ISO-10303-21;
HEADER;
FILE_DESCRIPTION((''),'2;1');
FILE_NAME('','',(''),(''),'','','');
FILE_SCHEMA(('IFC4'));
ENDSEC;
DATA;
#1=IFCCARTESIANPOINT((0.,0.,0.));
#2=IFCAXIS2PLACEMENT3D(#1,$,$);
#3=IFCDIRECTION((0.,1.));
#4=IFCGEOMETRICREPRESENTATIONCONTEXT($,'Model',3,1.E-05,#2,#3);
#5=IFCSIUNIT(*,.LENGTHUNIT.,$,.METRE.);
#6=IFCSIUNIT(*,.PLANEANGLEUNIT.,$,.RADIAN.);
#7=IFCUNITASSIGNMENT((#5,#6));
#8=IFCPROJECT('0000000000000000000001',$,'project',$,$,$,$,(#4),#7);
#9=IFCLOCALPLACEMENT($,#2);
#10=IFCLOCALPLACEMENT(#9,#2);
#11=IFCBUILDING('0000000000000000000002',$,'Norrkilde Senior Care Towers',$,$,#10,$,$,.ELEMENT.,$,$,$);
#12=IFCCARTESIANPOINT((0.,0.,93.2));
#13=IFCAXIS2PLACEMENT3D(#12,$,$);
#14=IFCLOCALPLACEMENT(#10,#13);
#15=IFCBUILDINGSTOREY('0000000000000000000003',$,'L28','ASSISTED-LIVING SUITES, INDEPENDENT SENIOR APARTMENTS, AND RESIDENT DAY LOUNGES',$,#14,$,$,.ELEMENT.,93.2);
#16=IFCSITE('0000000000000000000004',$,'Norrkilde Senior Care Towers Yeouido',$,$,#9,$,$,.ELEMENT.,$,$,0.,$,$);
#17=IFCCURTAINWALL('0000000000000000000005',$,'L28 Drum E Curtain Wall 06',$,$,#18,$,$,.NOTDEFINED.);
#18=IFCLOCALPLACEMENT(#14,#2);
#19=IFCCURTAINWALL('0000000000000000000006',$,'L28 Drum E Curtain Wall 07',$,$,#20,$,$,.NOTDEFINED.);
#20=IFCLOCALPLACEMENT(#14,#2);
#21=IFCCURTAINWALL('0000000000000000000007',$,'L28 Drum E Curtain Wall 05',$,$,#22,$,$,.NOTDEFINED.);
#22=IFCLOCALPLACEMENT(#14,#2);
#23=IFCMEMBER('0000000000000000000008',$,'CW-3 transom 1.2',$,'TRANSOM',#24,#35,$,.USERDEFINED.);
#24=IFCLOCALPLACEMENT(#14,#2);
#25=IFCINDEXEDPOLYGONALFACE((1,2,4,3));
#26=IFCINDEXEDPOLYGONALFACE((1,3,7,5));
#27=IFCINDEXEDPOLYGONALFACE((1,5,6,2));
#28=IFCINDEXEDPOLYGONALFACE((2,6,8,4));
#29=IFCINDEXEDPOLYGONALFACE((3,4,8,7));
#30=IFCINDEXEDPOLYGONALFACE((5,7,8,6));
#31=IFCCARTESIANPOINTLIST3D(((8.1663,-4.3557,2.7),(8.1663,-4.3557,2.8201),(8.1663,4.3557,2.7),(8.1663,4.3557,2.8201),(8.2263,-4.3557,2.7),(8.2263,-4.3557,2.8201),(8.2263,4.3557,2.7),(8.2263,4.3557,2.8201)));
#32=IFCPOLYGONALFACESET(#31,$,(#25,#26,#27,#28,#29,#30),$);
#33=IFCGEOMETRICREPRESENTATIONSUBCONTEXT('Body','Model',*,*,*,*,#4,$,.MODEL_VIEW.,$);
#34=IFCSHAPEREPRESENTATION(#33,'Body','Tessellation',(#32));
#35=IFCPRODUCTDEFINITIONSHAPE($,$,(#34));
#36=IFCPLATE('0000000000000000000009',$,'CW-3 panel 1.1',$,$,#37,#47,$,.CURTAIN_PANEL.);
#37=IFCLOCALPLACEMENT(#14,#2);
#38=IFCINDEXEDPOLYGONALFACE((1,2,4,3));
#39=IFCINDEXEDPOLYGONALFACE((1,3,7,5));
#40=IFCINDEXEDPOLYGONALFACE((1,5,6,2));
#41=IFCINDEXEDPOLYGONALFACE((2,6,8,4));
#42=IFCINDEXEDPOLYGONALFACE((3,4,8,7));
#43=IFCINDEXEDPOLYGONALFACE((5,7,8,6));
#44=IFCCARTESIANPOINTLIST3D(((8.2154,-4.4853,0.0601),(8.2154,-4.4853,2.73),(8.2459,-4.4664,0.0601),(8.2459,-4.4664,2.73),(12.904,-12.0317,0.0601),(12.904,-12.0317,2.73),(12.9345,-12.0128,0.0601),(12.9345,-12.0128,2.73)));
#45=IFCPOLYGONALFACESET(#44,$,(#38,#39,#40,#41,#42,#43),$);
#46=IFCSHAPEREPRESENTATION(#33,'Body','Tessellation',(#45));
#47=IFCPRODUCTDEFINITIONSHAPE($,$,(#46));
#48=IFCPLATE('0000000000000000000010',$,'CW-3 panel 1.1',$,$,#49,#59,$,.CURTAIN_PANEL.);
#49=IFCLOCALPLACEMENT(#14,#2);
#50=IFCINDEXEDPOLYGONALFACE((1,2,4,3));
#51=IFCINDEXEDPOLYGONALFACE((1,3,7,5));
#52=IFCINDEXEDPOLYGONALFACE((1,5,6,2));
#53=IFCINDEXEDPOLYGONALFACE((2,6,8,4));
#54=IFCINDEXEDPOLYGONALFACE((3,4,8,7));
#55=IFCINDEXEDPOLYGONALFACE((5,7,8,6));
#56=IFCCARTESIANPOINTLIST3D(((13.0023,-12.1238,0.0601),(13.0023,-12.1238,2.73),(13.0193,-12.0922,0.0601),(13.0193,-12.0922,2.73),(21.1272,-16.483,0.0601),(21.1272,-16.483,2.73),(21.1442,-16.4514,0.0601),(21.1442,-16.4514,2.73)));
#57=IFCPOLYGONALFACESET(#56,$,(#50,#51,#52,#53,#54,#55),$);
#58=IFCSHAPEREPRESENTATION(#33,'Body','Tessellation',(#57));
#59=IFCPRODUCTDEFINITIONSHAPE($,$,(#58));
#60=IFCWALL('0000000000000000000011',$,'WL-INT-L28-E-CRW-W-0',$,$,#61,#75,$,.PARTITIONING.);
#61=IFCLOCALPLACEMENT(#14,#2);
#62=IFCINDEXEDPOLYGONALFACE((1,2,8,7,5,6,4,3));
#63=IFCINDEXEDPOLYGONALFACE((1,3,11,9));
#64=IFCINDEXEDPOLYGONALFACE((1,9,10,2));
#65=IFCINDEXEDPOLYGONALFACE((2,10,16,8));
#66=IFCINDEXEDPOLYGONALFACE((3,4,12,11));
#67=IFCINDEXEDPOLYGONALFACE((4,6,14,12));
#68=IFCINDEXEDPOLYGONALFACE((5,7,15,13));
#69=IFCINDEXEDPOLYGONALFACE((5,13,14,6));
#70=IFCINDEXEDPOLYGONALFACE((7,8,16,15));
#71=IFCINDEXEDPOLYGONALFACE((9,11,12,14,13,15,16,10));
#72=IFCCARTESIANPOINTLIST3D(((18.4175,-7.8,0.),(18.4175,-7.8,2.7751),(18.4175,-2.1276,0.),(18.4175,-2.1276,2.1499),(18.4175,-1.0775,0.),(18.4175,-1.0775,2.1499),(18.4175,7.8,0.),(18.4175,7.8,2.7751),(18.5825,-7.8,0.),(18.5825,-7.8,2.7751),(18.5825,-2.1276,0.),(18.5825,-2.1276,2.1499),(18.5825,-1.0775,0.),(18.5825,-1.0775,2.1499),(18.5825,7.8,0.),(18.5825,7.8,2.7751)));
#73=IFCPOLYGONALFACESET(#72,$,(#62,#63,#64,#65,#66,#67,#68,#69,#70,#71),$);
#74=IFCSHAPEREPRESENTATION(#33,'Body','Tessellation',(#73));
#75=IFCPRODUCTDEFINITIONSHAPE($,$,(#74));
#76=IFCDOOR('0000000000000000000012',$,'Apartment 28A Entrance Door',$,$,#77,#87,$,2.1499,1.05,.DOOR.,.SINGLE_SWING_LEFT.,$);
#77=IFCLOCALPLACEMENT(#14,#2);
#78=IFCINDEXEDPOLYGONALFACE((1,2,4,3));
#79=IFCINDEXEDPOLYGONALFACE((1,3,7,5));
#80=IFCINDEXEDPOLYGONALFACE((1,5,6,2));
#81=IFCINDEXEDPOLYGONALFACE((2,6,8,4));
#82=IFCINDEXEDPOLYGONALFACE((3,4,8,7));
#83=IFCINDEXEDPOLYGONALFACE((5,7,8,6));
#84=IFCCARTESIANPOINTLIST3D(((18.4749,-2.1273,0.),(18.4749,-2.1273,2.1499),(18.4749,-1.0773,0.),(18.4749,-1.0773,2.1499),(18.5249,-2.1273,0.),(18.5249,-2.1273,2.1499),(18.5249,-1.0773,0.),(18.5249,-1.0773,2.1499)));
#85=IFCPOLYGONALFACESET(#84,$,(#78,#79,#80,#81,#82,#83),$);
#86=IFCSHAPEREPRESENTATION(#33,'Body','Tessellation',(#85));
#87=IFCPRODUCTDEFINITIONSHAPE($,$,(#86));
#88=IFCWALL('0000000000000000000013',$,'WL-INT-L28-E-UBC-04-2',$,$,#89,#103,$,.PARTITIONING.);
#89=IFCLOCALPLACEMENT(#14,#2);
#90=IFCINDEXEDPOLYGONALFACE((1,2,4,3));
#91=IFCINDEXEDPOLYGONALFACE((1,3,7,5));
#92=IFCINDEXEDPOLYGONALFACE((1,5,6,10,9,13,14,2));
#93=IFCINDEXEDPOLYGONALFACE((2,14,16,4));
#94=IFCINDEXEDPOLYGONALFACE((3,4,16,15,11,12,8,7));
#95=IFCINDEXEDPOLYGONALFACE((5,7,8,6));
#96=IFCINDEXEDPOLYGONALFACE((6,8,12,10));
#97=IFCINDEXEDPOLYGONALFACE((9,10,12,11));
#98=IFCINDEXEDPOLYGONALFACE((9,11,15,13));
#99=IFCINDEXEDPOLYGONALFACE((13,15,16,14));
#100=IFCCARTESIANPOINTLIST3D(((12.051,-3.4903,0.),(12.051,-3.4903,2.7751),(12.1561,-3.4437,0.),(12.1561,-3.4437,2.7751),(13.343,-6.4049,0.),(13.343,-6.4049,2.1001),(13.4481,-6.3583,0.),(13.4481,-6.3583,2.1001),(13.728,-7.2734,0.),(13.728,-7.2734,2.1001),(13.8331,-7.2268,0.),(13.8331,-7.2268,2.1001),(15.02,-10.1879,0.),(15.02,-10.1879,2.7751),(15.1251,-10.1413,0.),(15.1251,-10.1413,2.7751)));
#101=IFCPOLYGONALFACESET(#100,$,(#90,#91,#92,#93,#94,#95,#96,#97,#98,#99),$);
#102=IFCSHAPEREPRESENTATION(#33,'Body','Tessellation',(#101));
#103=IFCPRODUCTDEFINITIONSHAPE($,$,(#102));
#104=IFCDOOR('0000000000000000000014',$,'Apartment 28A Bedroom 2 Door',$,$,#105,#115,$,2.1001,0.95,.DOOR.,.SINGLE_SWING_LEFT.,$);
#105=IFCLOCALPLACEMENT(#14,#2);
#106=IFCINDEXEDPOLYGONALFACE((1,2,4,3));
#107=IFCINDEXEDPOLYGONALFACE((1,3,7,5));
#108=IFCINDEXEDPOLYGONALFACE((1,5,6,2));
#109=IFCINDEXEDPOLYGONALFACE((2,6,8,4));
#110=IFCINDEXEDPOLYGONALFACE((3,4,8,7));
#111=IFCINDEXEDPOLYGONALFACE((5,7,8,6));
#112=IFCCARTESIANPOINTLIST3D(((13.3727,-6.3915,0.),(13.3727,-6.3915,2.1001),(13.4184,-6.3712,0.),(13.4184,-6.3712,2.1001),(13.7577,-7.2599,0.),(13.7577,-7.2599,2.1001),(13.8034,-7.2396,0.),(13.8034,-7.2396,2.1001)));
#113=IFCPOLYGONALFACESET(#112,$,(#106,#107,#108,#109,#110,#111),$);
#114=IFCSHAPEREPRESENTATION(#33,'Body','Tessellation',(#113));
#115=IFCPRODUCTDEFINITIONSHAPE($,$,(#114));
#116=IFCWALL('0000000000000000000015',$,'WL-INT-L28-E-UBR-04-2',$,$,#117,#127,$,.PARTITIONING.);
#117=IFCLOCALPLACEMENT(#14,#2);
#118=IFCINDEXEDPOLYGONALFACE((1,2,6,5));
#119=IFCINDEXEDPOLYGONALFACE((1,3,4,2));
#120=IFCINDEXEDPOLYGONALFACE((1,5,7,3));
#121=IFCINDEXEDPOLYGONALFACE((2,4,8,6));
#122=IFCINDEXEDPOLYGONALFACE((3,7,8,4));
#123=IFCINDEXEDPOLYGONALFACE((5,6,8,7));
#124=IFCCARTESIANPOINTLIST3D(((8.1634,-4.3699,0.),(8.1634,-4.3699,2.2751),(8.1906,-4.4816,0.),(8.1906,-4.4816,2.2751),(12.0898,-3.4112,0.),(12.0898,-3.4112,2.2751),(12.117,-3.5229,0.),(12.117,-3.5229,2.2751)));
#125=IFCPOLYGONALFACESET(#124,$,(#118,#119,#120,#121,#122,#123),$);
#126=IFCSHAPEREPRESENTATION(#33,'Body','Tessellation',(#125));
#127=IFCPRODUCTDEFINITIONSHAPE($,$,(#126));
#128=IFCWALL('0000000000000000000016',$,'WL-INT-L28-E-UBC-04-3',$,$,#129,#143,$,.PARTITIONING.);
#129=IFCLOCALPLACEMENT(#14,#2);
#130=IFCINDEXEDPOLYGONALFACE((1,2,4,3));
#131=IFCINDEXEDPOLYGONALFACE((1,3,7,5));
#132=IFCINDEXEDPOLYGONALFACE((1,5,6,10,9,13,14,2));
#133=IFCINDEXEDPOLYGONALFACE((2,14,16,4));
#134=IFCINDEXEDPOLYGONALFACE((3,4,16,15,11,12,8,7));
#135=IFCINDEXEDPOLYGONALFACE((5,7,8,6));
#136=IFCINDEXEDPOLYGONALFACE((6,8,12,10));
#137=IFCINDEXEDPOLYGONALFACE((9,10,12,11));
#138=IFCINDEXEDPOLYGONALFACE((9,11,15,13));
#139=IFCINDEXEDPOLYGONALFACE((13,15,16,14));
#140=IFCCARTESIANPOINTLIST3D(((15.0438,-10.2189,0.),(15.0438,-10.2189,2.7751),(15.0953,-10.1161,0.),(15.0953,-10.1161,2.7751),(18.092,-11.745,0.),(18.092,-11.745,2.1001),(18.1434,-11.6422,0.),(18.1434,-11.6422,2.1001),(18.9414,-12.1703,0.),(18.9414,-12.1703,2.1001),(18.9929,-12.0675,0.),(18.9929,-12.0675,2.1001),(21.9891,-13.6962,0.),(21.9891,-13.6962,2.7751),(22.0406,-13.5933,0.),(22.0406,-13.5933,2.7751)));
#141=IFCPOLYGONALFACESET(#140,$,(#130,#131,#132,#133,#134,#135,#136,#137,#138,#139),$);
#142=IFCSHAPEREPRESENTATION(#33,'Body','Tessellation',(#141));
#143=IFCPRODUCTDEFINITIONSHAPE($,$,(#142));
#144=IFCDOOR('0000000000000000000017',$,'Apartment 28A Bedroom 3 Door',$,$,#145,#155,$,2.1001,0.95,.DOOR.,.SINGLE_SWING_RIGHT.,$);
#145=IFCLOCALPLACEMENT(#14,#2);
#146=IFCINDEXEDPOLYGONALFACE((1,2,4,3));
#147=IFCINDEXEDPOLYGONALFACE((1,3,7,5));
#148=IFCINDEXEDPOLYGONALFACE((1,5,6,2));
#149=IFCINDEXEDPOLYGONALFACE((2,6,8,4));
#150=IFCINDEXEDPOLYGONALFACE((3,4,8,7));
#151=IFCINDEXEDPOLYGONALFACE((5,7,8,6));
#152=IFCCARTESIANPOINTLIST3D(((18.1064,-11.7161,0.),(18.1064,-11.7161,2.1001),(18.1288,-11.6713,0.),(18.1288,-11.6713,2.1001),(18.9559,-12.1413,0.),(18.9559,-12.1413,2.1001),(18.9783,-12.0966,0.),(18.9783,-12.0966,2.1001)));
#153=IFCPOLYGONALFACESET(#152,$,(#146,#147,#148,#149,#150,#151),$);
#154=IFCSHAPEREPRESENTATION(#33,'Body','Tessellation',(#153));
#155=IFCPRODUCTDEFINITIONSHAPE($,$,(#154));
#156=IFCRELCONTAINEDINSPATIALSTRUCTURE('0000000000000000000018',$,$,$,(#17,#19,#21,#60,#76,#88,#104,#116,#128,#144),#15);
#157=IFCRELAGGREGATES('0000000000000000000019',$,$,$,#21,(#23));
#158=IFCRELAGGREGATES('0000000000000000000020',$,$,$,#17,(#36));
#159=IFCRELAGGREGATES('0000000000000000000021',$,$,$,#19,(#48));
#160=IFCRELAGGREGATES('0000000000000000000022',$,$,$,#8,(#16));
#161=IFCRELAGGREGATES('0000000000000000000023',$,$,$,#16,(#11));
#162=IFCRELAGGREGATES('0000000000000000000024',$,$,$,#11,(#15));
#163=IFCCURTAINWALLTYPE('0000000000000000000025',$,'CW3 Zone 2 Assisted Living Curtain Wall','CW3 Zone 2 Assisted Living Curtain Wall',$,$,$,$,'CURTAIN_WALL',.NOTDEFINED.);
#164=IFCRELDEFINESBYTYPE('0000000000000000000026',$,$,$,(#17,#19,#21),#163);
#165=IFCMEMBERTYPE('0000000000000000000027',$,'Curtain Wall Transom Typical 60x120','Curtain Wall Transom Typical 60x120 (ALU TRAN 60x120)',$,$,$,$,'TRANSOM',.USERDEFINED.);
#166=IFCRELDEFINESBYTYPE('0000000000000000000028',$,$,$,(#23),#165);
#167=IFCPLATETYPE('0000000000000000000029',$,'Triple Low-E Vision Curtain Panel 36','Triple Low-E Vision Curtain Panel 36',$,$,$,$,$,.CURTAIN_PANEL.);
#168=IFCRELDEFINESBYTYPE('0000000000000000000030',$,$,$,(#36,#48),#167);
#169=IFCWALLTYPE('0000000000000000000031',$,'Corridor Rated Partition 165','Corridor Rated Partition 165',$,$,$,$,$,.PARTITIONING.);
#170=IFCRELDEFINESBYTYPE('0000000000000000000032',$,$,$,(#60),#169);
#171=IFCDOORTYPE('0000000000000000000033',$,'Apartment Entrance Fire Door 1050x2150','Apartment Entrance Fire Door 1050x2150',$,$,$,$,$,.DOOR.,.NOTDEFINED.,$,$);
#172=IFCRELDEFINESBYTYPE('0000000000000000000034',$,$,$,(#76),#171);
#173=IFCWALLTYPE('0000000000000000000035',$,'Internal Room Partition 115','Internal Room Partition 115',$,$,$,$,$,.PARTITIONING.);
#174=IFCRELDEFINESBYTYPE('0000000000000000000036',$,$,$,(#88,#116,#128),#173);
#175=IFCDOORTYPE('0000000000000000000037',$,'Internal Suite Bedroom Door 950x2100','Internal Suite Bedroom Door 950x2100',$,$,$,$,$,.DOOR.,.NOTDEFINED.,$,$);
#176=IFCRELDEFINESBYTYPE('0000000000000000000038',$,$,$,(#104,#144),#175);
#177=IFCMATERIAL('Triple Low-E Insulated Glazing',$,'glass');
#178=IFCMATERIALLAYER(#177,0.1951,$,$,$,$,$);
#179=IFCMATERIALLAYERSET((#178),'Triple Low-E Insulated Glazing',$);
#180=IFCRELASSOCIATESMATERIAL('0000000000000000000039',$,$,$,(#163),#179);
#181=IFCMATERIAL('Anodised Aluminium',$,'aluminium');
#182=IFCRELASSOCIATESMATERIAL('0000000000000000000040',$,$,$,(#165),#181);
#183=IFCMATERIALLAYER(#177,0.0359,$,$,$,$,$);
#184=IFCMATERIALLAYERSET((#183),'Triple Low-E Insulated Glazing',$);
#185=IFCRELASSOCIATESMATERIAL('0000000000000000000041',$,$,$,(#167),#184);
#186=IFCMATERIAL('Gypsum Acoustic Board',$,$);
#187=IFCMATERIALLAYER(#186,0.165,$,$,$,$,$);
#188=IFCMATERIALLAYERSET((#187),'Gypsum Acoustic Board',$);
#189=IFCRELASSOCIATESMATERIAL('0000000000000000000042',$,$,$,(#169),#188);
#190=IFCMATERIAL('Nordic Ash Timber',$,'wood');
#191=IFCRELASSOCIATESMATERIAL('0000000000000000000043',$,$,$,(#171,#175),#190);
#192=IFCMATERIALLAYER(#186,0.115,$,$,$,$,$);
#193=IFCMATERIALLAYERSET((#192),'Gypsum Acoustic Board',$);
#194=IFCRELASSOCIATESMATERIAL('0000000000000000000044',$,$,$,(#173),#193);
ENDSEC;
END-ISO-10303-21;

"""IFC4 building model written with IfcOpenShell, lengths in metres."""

from ifc_helpers import new_model, si_unit, direction, frame, frame_2d, origin, origin_2d, place, context, subcontext, project, spatial, rectangle, extrude, source, transform, mapped, material, layer, layer_set, material_profile, profile_set, type_object, type_shapes, element, fill, aggregate, save


model = new_model("IFC4")

# Units and contexts
model_context = context("Model", 3, precision=1e-05, world=origin(), true_north=direction((0.0, 1.0)))
body_context = subcontext(model_context, "Body", "Model", "MODEL_VIEW")
ifc_project = project(units=[si_unit("LENGTHUNIT", "METRE"), si_unit("PLANEANGLEUNIT", "RADIAN")], contexts=[model_context])

# Site, building, storey
site_placement = place(None, origin())
site = spatial("IfcSite", under=ifc_project, at=site_placement, Name="Norrkilde Senior Care Towers Yeouido", CompositionType="ELEMENT", RefElevation=0.0)
building_placement = place(site_placement, origin())
building = spatial("IfcBuilding", under=site, at=building_placement, Name="Norrkilde Senior Care Towers", CompositionType="ELEMENT")
storey_placement = place(building_placement, frame((0.0, 0.0, 93.2)))
storey = spatial("IfcBuildingStorey", under=building, at=storey_placement, Name="L28", Description="ASSISTED-LIVING SUITES, INDEPENDENT SENIOR APARTMENTS, AND RESIDENT DAY LOUNGES", CompositionType="ELEMENT", Elevation=93.2)

# Curtain wall
ifc_material_1 = material(Name="Triple Low-E Insulated Glazing", Category="glass")
ifc_layer_1 = layer(ifc_material_1, 0.1951)
ifc_layer_set_1 = layer_set([ifc_layer_1], Name="Triple Low-E Insulated Glazing")
curtain_wall_type = type_object("IfcCurtainWallType", Name="CW3 Zone 2 Assisted Living Curtain Wall", Description="CW3 Zone 2 Assisted Living Curtain Wall", ElementType="CURTAIN_WALL", PredefinedType="NOTDEFINED", material=ifc_layer_set_1)
curtain_wall_1_placement = place(storey_placement, origin())
curtain_wall_1 = element("IfcCurtainWall", 1, at=curtain_wall_1_placement, inside=storey, type_object=curtain_wall_type, Name="L28 Drum E Curtain Wall 06", PredefinedType="NOTDEFINED")
ifc_material_2 = material(Name="Anodised Aluminium", Category="aluminium")

# Curtain wall
curtain_wall_2_placement = place(storey_placement, origin())
curtain_wall_2 = element("IfcCurtainWall", 2, at=curtain_wall_2_placement, inside=storey, type_object=curtain_wall_type, Name="L28 Drum E Curtain Wall 07", PredefinedType="NOTDEFINED")

# Shared definitions
ifc_material_profile_1 = material_profile(ifc_material_2, rectangle(XDim=0.0601, YDim=0.1201, at=origin_2d()), Name="ALU TRAN 60x120")
ifc_profile_set_1 = profile_set([ifc_material_profile_1], Name="Anodised Aluminium")
member_type_1 = type_object("IfcMemberType", Name="Curtain Wall Transom Typical 60x120", Description="Curtain Wall Transom Typical 60x120 (ALU TRAN 60x120)", ElementType="TRANSOM", PredefinedType="USERDEFINED", material=ifc_profile_set_1)

# Curtain wall, member
curtain_wall_3_placement = place(storey_placement, origin())
curtain_wall_3 = element("IfcCurtainWall", 3, at=curtain_wall_3_placement, inside=storey, type_object=curtain_wall_type, Name="L28 Drum E Curtain Wall 05", PredefinedType="NOTDEFINED")
shared_shape_1 = source(origin(), body_context, "Body", "SweptSolid", [
    extrude(rectangle(XDim=0.0601, YDim=0.1201, at=origin_2d()), origin(), (0.0, 0.0, 1.0), 8.7114),
])
member_1_placement = place(storey_placement, frame((8.1963, -4.3557, 2.76), z_axis=(0.0, 1.0, 0.0), x_axis=(-1.0, 0.0, 0.0)))
member_1 = element("IfcMember", 4, at=member_1_placement, type_object=member_type_1, Name="CW-3 transom 1.2", ObjectType="TRANSOM", PredefinedType="USERDEFINED", context=body_context, shape_type="MappedRepresentation", body=[
    mapped(shared_shape_1, transform((0.0, 0.0, 0.0), x_axis=(1.0, 0.0, 0.0), y_axis=(0.0, 1.0, 0.0), z_axis=(0.0, 0.0, 1.0), scale=1.0)),
])
aggregate(curtain_wall_3, [member_1])

# Plates
ifc_layer_2 = layer(ifc_material_1, 0.0359)
ifc_layer_set_2 = layer_set([ifc_layer_2], Name="Triple Low-E Insulated Glazing")
plate_type = type_object("IfcPlateType", Name="Triple Low-E Vision Curtain Panel 36", Description="Triple Low-E Vision Curtain Panel 36", PredefinedType="CURTAIN_PANEL", material=ifc_layer_set_2)
shared_shape_2 = source(origin(), body_context, "Body", "SweptSolid", [
    extrude(rectangle(XDim=8.8843, YDim=0.0359, at=origin_2d()), origin(), (0.0, 0.0, 1.0), 2.6699),
])
plate_1_placement = place(storey_placement, frame((10.575, -8.249, 0.0601), z_axis=(0.0, 0.0, 1.0), x_axis=(-0.527733, 0.84941, 0.0)))
plate_1 = element("IfcPlate", 5, at=plate_1_placement, type_object=plate_type, Name="CW-3 panel 1.1", PredefinedType="CURTAIN_PANEL", context=body_context, shape_type="MappedRepresentation", body=[
    mapped(shared_shape_2, transform((0.0, 0.0, 0.0), x_axis=(1.0, 0.0, 0.0), y_axis=(0.0, 1.0, 0.0), z_axis=(0.0, 0.0, 1.0), scale=1.0)),
])
aggregate(curtain_wall_1, [plate_1])
shared_shape_3 = source(origin(), body_context, "Body", "SweptSolid", [
    extrude(rectangle(XDim=9.2205, YDim=0.0359, at=origin_2d()), origin(), (0.0, 0.0, 1.0), 2.6699),
])
type_shapes(plate_type, [shared_shape_2, shared_shape_3])
plate_2_placement = place(storey_placement, frame((17.0732, -14.2876, 0.0601), z_axis=(0.0, 0.0, 1.0), x_axis=(-0.881186, 0.472769, 0.0)))
plate_2 = element("IfcPlate", 6, at=plate_2_placement, type_object=plate_type, Name="CW-3 panel 1.1", PredefinedType="CURTAIN_PANEL", context=body_context, shape_type="MappedRepresentation", body=[
    mapped(shared_shape_3, transform((0.0, 0.0, 0.0), x_axis=(1.0, 0.0, 0.0), y_axis=(0.0, 1.0, 0.0), z_axis=(0.0, 0.0, 1.0), scale=1.0)),
])
aggregate(curtain_wall_2, [plate_2])

# Walls, openings, doors
ifc_material_3 = material(Name="Gypsum Acoustic Board")
ifc_layer_3 = layer(ifc_material_3, 0.165)
ifc_layer_set_3 = layer_set([ifc_layer_3], Name="Gypsum Acoustic Board")
wall_type_1 = type_object("IfcWallType", Name="Corridor Rated Partition 165", Description="Corridor Rated Partition 165", PredefinedType="PARTITIONING", material=ifc_layer_set_3)
shared_shape_4 = source(origin(), body_context, "Body", "SweptSolid", [
    extrude(rectangle(XDim=15.6001, YDim=0.165, at=frame_2d((7.8, 0.0))), origin(), (0.0, 0.0, 1.0), 2.7751),
])
type_shapes(wall_type_1, [shared_shape_4])
wall_1_placement = place(storey_placement, frame((18.5, -7.8, 0.0), z_axis=(0.0, 0.0, 1.0), x_axis=(0.0, 1.0, 0.0)))
wall_1 = element("IfcWall", 7, at=wall_1_placement, inside=storey, type_object=wall_type_1, Name="WL-INT-L28-E-CRW-W-0", PredefinedType="PARTITIONING", context=body_context, shape_type="MappedRepresentation", body=[
    mapped(shared_shape_4, transform((0.0, 0.0, 0.0), x_axis=(1.0, 0.0, 0.0), y_axis=(0.0, 1.0, 0.0), z_axis=(0.0, 0.0, 1.0), scale=1.0)),
])
opening_1_placement = place(wall_1_placement, frame((5.6726, 0.0, 0.0)))
opening_1 = element("IfcOpeningElement", 8, at=opening_1_placement, cuts=wall_1, PredefinedType="OPENING", context=body_context, shape_type="SweptSolid", body=[
    extrude(rectangle(XDim=1.05, YDim=2.1499, at=frame_2d((0.5249, 1.075))), frame((0.0, 0.0925, 0.0), z_axis=(0.0, -1.0, 0.0), x_axis=(1.0, 0.0, 0.0)), (0.0, 0.0, 1.0), 0.1851),
])
ifc_material_4 = material(Name="Nordic Ash Timber", Category="wood")
door_type_1 = type_object("IfcDoorType", Name="Apartment Entrance Fire Door 1050x2150", Description="Apartment Entrance Fire Door 1050x2150", OperationType="NOTDEFINED", PredefinedType="DOOR", material=ifc_material_4)
shared_shape_5 = source(origin(), body_context, "Body", "SweptSolid", [
    extrude(rectangle(XDim=1.05, YDim=2.1499, at=frame_2d((0.5249, 1.075))), frame((0.0, 0.0249, 0.0), z_axis=(0.0, -1.0, 0.0), x_axis=(1.0, 0.0, 0.0)), (0.0, 0.0, 1.0), 0.05),
])
type_shapes(door_type_1, [shared_shape_5])
door_1_placement = place(opening_1_placement, frame((1.05, 0.0, 0.0), z_axis=(0.0, 0.0, 1.0), x_axis=(-1.0, 0.0, 0.0)))
door_1 = element("IfcDoor", 9, at=door_1_placement, inside=storey, type_object=door_type_1, Name="Apartment 28A Entrance Door", OperationType="SINGLE_SWING_LEFT", OverallHeight=2.1499, OverallWidth=1.05, PredefinedType="DOOR", context=body_context, shape_type="MappedRepresentation", body=[
    mapped(shared_shape_5, transform((0.0, 0.0, 0.0), x_axis=(1.0, 0.0, 0.0), y_axis=(0.0, 1.0, 0.0), z_axis=(0.0, 0.0, 1.0), scale=1.0)),
])
fill(opening_1, door_1)
ifc_layer_4 = layer(ifc_material_3, 0.115)
ifc_layer_set_4 = layer_set([ifc_layer_4], Name="Gypsum Acoustic Board")
wall_type_2 = type_object("IfcWallType", Name="Internal Room Partition 115", Description="Internal Room Partition 115", PredefinedType="PARTITIONING", material=ifc_layer_set_4)
shared_shape_6 = source(origin(), body_context, "Body", "SweptSolid", [
    extrude(rectangle(XDim=7.3262, YDim=0.115, at=frame_2d((3.6631, 0.0))), origin(), (0.0, 0.0, 1.0), 2.7751),
])
wall_2_placement = place(storey_placement, frame((12.1035, -3.467, 0.0), z_axis=(0.0, 0.0, 1.0), x_axis=(0.405263, -0.9142, 0.0)))
wall_2 = element("IfcWall", 10, at=wall_2_placement, inside=storey, type_object=wall_type_2, Name="WL-INT-L28-E-UBC-04-2", PredefinedType="PARTITIONING", context=body_context, shape_type="MappedRepresentation", body=[
    mapped(shared_shape_6, transform((0.0, 0.0, 0.0), x_axis=(1.0, 0.0, 0.0), y_axis=(0.0, 1.0, 0.0), z_axis=(0.0, 0.0, 1.0), scale=1.0)),
])
opening_2_placement = place(wall_2_placement, frame((3.188, 0.0, 0.0)))
opening_2 = element("IfcOpeningElement", 11, at=opening_2_placement, cuts=wall_2, PredefinedType="OPENING", context=body_context, shape_type="SweptSolid", body=[
    extrude(rectangle(XDim=0.95, YDim=2.1001, at=frame_2d((0.4751, 1.05))), frame((0.0, 0.0674, 0.0), z_axis=(0.0, -1.0, 0.0), x_axis=(1.0, 0.0, 0.0)), (0.0, 0.0, 1.0), 0.135),
])
door_type_2 = type_object("IfcDoorType", Name="Internal Suite Bedroom Door 950x2100", Description="Internal Suite Bedroom Door 950x2100", OperationType="NOTDEFINED", PredefinedType="DOOR", material=ifc_material_4)
shared_shape_7 = source(origin(), body_context, "Body", "SweptSolid", [
    extrude(rectangle(XDim=0.95, YDim=2.1001, at=frame_2d((0.4751, 1.05))), frame((0.0, 0.0249, 0.0), z_axis=(0.0, -1.0, 0.0), x_axis=(1.0, 0.0, 0.0)), (0.0, 0.0, 1.0), 0.05),
])
type_shapes(door_type_2, [shared_shape_7])
door_2_placement = place(opening_2_placement, frame((0.95, 0.0, 0.0), z_axis=(0.0, 0.0, 1.0), x_axis=(-1.0, 0.0, 0.0)))
door_2 = element("IfcDoor", 12, at=door_2_placement, inside=storey, type_object=door_type_2, Name="Apartment 28A Bedroom 2 Door", OperationType="SINGLE_SWING_LEFT", OverallHeight=2.1001, OverallWidth=0.95, PredefinedType="DOOR", context=body_context, shape_type="MappedRepresentation", body=[
    mapped(shared_shape_7, transform((0.0, 0.0, 0.0), x_axis=(1.0, 0.0, 0.0), y_axis=(0.0, 1.0, 0.0), z_axis=(0.0, 0.0, 1.0), scale=1.0)),
])
fill(opening_2, door_2)

# Wall
shared_shape_8 = source(origin(), body_context, "Body", "SweptSolid", [
    extrude(rectangle(XDim=4.0417, YDim=0.115, at=frame_2d((2.021, 0.0))), origin(), (0.0, 0.0, 1.0), 2.2751),
])
wall_3_placement = place(storey_placement, frame((12.1035, -3.467, 0.0), z_axis=(0.0, 0.0, 1.0), x_axis=(-0.97146, -0.237202, 0.0)))
element("IfcWall", 13, at=wall_3_placement, inside=storey, type_object=wall_type_2, Name="WL-INT-L28-E-UBR-04-2", PredefinedType="PARTITIONING", context=body_context, shape_type="MappedRepresentation", body=[
    mapped(shared_shape_8, transform((0.0, 0.0, 0.0), x_axis=(1.0, 0.0, 0.0), y_axis=(0.0, 1.0, 0.0), z_axis=(0.0, 0.0, 1.0), scale=1.0)),
])

# Wall, opening, door
shared_shape_9 = source(origin(), body_context, "Body", "SweptSolid", [
    extrude(rectangle(XDim=7.7671, YDim=0.115, at=frame_2d((3.8835, 0.0))), origin(), (0.0, 0.0, 1.0), 2.7751),
])
wall_4_placement = place(storey_placement, frame((15.0696, -10.1675, 0.0), z_axis=(0.0, 0.0, 1.0), x_axis=(0.894188, -0.447691, 0.0)))
wall_4 = element("IfcWall", 14, at=wall_4_placement, inside=storey, type_object=wall_type_2, Name="WL-INT-L28-E-UBC-04-3", PredefinedType="PARTITIONING", context=body_context, shape_type="MappedRepresentation", body=[
    mapped(shared_shape_9, transform((0.0, 0.0, 0.0), x_axis=(1.0, 0.0, 0.0), y_axis=(0.0, 1.0, 0.0), z_axis=(0.0, 0.0, 1.0), scale=1.0)),
])
opening_3_placement = place(wall_4_placement, frame((3.4087, 0.0, 0.0)))
opening_3 = element("IfcOpeningElement", 15, at=opening_3_placement, cuts=wall_4, PredefinedType="OPENING", context=body_context, shape_type="SweptSolid", body=[
    extrude(rectangle(XDim=0.95, YDim=2.1001, at=frame_2d((0.4751, 1.05))), frame((0.0, 0.0674, 0.0), z_axis=(0.0, -1.0, 0.0), x_axis=(1.0, 0.0, 0.0)), (0.0, 0.0, 1.0), 0.135),
])
door_3_placement = place(opening_3_placement, origin())
door_3 = element("IfcDoor", 16, at=door_3_placement, inside=storey, type_object=door_type_2, Name="Apartment 28A Bedroom 3 Door", OperationType="SINGLE_SWING_RIGHT", OverallHeight=2.1001, OverallWidth=0.95, PredefinedType="DOOR", context=body_context, shape_type="MappedRepresentation", body=[
    mapped(shared_shape_7, transform((0.0, 0.0, 0.0), x_axis=(1.0, 0.0, 0.0), y_axis=(0.0, 1.0, 0.0), z_axis=(0.0, 0.0, 1.0), scale=1.0)),
])
fill(opening_3, door_3)

save(model, "model.ifc")
